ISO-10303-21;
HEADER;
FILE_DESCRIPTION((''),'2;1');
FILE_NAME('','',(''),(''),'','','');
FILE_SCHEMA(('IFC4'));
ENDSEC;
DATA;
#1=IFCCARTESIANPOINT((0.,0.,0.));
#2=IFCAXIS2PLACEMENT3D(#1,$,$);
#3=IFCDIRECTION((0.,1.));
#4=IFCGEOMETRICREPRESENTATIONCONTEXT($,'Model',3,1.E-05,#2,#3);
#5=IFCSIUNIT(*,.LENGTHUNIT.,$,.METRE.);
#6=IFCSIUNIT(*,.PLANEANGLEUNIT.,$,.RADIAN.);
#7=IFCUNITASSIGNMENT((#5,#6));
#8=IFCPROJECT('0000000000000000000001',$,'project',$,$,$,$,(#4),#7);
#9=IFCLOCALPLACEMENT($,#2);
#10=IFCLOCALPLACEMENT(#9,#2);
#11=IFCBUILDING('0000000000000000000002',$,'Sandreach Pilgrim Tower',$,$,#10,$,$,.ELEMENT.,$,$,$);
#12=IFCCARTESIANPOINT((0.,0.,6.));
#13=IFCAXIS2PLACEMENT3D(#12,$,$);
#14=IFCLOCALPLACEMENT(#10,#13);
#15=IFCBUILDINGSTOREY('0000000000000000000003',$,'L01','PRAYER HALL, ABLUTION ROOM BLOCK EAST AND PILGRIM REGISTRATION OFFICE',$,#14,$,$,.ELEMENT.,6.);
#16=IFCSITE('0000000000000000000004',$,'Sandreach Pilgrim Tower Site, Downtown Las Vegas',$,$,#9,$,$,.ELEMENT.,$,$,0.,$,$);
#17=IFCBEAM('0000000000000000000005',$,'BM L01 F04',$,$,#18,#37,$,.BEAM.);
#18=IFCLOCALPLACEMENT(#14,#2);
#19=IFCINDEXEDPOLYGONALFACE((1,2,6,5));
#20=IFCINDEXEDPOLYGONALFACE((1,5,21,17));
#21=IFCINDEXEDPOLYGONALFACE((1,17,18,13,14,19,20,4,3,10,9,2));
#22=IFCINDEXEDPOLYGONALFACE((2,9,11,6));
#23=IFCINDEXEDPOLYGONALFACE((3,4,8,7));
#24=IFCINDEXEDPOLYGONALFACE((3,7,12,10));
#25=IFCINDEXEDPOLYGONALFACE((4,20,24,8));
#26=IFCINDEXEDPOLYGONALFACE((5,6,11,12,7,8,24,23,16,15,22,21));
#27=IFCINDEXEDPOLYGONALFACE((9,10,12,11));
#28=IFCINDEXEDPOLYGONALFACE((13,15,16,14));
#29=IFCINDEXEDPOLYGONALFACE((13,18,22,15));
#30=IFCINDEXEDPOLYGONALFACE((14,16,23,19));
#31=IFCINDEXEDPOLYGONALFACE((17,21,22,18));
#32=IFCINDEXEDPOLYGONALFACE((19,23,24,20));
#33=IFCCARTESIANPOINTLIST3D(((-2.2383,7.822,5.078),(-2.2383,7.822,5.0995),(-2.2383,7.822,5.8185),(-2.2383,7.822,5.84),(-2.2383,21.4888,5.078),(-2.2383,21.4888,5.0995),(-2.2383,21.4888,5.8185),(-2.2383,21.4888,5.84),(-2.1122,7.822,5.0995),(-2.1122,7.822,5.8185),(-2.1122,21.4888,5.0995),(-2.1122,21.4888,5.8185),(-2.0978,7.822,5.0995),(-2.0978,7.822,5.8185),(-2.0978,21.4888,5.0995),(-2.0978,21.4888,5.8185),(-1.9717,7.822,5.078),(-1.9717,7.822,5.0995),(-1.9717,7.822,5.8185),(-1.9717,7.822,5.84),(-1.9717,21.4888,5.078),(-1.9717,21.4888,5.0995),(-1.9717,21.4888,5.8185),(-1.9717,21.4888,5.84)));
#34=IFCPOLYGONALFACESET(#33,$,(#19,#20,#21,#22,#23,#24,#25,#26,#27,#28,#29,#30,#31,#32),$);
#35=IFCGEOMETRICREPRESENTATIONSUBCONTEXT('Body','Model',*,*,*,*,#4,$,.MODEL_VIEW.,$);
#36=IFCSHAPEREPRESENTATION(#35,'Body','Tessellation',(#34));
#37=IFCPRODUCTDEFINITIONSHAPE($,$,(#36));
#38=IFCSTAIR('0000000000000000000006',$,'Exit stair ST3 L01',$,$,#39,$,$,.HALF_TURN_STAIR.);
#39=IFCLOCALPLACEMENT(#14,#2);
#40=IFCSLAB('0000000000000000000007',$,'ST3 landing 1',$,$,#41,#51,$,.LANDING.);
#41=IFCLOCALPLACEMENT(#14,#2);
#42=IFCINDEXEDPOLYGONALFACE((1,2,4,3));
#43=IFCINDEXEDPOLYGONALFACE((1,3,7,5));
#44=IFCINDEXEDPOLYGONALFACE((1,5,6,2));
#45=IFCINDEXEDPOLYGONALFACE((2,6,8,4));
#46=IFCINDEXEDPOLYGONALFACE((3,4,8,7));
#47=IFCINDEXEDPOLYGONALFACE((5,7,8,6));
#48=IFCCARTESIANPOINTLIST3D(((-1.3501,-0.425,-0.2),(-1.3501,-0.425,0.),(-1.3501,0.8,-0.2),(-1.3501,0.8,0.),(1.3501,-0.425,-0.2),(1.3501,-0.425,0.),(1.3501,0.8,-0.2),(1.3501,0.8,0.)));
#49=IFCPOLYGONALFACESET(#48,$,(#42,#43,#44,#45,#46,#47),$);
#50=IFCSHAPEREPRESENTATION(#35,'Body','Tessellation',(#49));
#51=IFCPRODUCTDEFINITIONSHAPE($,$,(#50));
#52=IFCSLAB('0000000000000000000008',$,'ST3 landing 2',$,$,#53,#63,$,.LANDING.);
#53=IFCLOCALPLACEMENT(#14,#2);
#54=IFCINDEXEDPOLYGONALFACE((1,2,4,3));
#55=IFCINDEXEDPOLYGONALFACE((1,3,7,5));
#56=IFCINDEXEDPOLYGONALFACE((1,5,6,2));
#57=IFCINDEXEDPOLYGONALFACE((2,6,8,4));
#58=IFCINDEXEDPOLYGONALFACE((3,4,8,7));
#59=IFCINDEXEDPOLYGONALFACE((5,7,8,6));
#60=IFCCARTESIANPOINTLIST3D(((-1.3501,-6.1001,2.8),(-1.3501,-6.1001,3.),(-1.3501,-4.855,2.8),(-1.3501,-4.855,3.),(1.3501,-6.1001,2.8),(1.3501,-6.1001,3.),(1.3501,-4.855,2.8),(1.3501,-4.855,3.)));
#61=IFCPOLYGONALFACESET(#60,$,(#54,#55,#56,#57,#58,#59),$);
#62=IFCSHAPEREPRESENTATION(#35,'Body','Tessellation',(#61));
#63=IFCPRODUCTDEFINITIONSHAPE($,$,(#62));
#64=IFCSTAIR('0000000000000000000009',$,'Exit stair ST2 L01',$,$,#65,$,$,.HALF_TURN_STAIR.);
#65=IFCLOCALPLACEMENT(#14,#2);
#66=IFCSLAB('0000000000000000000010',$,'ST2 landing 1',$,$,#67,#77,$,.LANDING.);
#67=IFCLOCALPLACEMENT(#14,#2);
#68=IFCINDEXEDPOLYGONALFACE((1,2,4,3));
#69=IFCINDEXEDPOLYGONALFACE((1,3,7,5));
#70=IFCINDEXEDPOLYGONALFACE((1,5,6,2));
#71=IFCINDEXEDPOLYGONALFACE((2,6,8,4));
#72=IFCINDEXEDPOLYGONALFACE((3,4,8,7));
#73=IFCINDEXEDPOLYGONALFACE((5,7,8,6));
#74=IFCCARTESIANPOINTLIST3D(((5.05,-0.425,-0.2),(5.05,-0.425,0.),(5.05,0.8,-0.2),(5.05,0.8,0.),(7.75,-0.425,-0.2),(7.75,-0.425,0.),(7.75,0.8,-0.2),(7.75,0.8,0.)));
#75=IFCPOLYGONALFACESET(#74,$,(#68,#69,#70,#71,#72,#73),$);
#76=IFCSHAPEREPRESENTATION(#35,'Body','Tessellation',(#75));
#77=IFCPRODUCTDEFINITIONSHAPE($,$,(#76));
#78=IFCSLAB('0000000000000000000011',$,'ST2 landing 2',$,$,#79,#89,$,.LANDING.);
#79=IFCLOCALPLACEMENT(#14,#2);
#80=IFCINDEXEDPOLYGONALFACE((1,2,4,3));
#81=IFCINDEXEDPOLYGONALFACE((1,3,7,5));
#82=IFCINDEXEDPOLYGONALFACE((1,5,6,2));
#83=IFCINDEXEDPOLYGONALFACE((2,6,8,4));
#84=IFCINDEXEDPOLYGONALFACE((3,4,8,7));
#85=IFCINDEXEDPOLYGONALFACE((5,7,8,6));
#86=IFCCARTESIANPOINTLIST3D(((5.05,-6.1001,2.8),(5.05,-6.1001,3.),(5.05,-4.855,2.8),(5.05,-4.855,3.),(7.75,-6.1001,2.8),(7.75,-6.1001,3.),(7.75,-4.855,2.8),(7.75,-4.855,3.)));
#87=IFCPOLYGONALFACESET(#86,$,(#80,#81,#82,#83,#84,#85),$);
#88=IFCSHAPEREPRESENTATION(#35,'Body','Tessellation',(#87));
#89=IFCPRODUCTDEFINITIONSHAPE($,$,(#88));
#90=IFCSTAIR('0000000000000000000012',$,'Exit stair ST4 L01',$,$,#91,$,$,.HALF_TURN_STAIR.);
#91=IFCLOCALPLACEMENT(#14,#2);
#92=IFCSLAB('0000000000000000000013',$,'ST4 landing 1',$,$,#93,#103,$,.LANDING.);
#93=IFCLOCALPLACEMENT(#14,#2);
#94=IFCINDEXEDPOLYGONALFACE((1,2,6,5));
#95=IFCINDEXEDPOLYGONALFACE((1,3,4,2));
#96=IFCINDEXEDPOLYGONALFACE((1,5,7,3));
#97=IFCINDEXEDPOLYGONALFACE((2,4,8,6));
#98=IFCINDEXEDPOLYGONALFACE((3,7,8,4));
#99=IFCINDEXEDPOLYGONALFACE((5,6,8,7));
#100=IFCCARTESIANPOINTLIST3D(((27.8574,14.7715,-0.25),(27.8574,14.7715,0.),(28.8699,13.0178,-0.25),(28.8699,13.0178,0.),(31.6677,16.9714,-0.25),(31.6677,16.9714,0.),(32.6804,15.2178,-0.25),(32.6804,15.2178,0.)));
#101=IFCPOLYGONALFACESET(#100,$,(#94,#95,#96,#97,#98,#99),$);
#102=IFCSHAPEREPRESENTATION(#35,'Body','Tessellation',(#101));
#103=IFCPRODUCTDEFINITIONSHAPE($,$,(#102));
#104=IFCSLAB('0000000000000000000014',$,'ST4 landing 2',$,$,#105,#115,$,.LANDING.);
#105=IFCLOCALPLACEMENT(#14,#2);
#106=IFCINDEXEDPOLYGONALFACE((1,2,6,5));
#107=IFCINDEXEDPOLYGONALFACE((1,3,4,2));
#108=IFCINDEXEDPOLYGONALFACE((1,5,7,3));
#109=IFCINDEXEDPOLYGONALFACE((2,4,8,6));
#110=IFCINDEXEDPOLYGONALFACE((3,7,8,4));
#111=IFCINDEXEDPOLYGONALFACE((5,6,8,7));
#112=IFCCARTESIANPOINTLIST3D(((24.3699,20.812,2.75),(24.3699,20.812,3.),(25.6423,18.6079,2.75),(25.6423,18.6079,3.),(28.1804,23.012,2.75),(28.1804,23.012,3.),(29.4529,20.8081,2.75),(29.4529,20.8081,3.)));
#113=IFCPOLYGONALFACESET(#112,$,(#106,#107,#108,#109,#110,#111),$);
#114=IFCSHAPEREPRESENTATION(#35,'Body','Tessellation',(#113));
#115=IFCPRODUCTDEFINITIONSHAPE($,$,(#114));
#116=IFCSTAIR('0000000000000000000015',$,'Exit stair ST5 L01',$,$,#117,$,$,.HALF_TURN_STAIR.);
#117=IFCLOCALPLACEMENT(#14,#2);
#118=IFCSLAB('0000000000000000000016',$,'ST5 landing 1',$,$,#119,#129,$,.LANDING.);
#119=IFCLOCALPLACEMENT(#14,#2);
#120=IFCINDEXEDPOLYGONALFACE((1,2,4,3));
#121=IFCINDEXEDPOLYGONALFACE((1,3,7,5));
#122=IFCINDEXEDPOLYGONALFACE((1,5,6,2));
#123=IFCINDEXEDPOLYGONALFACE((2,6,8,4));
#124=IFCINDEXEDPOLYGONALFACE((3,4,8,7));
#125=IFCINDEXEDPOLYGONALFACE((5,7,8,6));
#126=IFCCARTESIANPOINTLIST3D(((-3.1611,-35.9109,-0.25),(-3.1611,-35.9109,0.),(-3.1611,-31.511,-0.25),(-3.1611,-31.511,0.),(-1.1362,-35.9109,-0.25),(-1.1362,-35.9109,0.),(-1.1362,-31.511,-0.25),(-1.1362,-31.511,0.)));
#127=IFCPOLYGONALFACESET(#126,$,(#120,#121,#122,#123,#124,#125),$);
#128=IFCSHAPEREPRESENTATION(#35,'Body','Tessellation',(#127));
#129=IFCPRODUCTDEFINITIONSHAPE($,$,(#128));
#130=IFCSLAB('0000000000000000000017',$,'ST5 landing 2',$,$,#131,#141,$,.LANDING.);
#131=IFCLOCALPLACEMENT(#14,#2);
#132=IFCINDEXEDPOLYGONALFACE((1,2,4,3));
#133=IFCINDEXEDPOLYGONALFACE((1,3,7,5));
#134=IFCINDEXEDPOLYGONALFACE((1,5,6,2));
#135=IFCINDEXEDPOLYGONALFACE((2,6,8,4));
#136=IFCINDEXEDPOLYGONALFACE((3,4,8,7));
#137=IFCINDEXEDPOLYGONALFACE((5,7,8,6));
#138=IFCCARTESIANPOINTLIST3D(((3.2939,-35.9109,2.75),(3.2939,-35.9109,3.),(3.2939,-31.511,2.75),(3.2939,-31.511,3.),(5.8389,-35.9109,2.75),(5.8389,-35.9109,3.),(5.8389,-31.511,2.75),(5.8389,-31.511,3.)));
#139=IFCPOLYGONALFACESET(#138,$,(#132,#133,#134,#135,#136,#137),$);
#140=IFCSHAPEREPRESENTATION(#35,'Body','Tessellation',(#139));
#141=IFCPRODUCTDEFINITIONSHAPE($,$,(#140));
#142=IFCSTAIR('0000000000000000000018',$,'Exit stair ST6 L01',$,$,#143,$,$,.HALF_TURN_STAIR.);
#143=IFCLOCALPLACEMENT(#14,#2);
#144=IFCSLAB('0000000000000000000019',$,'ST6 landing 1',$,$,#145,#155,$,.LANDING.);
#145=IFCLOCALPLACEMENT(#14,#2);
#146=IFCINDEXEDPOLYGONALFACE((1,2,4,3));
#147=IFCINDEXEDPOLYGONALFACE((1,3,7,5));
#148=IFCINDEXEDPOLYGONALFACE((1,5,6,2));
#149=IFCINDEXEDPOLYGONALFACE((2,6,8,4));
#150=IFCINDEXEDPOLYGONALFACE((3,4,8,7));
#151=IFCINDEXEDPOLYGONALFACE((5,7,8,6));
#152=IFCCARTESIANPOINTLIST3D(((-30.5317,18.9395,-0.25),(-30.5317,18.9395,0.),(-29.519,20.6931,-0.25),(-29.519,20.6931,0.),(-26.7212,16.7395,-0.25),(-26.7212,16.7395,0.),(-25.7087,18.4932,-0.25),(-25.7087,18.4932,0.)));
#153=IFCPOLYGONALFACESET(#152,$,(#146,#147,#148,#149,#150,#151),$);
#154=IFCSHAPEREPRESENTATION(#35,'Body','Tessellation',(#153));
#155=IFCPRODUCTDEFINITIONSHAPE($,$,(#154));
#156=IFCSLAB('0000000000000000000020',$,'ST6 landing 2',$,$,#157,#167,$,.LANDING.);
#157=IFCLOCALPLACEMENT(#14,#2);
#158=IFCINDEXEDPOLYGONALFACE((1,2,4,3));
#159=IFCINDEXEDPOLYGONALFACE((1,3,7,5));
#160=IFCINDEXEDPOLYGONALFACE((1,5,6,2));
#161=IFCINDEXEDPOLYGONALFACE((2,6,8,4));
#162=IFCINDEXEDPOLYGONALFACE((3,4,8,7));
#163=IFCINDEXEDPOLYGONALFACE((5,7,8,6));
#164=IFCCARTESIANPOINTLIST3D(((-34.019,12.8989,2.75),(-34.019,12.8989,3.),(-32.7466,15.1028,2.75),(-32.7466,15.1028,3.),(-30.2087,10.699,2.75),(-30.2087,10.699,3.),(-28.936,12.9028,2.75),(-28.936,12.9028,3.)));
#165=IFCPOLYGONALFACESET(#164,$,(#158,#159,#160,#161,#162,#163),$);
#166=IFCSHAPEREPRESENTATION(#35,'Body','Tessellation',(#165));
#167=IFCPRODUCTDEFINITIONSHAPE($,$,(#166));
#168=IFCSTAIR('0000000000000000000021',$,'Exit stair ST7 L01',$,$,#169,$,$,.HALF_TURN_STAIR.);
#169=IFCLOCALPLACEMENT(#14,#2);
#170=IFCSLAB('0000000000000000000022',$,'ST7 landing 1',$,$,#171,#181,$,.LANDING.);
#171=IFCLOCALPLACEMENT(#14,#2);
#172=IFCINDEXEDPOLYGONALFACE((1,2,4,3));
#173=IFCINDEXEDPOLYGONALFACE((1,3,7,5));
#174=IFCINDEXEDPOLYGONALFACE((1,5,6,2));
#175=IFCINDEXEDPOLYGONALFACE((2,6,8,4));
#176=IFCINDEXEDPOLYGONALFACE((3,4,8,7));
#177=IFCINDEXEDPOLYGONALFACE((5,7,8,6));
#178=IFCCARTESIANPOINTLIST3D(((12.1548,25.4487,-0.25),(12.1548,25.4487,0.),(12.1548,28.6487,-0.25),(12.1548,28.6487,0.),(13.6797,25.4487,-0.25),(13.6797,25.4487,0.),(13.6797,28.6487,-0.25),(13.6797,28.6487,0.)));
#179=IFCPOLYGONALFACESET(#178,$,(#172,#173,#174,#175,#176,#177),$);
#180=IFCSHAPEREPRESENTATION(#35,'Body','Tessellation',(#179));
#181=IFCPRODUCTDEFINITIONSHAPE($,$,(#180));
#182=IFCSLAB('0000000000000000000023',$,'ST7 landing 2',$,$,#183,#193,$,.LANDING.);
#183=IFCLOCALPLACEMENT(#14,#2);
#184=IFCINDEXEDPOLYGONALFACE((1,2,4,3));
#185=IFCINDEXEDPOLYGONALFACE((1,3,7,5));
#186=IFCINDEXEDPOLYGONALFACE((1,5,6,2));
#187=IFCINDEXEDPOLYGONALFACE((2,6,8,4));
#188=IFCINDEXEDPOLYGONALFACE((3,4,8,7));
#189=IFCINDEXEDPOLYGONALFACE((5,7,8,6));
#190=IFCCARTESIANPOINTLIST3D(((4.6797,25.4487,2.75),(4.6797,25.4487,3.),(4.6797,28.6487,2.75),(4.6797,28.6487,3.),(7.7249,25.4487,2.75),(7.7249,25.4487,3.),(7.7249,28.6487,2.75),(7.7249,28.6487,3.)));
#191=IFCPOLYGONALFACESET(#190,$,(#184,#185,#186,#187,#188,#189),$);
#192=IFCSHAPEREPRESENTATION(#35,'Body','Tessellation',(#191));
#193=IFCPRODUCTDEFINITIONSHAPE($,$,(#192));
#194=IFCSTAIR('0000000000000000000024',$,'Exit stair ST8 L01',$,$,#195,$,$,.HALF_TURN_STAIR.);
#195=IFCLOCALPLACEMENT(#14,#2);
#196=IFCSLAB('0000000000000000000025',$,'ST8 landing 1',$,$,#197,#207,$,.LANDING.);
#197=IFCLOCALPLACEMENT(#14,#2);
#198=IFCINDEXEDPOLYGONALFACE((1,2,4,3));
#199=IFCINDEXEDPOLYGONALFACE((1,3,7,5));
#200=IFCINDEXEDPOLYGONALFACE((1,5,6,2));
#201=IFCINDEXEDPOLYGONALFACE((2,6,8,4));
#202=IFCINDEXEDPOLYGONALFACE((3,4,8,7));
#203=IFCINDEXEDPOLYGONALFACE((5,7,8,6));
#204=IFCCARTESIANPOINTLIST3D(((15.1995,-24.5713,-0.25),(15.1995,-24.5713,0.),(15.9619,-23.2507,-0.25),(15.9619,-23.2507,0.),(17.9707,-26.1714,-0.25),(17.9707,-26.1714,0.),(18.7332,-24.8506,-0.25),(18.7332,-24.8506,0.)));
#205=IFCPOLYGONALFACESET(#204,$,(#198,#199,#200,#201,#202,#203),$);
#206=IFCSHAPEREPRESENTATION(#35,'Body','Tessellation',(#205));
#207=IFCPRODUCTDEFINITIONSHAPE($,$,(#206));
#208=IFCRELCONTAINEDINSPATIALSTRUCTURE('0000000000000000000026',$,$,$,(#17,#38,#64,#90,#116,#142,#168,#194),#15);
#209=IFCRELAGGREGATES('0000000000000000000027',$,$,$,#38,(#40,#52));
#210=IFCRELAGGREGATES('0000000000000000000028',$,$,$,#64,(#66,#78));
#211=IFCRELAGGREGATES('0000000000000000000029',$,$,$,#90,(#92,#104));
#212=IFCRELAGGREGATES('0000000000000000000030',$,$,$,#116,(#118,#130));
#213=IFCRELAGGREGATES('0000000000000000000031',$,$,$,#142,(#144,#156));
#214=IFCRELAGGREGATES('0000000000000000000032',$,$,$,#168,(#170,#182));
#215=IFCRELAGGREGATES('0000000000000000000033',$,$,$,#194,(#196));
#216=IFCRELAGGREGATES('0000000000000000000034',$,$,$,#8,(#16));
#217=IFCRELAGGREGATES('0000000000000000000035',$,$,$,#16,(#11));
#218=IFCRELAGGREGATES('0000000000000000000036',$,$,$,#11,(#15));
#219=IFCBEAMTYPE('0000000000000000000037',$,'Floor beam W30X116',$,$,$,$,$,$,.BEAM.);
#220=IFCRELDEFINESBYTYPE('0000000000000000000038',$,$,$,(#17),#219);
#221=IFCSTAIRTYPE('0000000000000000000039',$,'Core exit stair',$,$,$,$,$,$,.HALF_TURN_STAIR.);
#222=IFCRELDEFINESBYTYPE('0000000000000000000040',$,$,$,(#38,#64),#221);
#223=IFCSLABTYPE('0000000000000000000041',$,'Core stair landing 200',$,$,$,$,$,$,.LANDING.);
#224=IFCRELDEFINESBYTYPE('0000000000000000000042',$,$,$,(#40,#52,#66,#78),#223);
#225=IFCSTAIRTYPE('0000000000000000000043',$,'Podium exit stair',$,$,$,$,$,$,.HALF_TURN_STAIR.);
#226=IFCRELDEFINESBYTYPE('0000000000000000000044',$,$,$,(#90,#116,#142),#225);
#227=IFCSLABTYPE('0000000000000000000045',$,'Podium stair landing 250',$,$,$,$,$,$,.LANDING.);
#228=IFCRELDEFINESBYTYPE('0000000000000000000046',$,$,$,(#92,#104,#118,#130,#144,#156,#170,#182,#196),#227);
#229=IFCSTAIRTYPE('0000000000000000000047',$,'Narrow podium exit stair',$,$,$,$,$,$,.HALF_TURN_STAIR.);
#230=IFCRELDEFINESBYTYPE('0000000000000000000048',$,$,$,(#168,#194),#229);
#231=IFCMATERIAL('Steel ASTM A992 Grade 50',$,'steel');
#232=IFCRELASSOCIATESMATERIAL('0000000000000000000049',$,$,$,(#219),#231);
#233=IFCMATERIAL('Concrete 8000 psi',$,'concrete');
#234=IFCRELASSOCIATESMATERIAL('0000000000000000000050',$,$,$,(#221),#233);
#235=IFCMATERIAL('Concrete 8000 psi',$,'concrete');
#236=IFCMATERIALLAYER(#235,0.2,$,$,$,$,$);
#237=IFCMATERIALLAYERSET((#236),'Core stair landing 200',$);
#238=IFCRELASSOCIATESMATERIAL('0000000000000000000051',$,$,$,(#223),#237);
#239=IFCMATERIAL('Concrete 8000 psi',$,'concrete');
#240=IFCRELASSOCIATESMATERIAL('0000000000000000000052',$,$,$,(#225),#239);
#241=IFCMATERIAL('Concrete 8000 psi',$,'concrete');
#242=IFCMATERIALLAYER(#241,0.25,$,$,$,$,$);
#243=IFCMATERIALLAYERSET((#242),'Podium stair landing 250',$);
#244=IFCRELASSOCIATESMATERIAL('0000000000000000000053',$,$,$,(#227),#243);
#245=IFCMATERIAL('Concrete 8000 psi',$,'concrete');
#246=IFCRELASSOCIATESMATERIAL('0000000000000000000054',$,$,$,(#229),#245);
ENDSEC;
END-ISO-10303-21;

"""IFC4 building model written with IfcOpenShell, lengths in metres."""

from ifc_helpers import new_model, si_unit, direction, frame, origin, origin_2d, place, context, subcontext, project, spatial, polyline, i_section, outline, extrude, material, layer, layer_set, material_profile, profile_set, type_object, element, aggregate, save


model = new_model("IFC4")

# Units and contexts
model_context = context("Model", 3, precision=1e-05, world=origin(), true_north=direction((0.0, 1.0)))
body_context = subcontext(model_context, "Body", "Model", "MODEL_VIEW")
ifc_project = project(units=[si_unit("LENGTHUNIT", "METRE"), si_unit("PLANEANGLEUNIT", "RADIAN")], contexts=[model_context])

# Site, building, storey
site_placement = place(None, origin())
site = spatial("IfcSite", under=ifc_project, at=site_placement, Name="Sandreach Pilgrim Tower Site, Downtown Las Vegas", CompositionType="ELEMENT", RefElevation=0.0)
building_placement = place(site_placement, origin())
building = spatial("IfcBuilding", under=site, at=building_placement, Name="Sandreach Pilgrim Tower", CompositionType="ELEMENT")
storey_placement = place(building_placement, frame((0.0, 0.0, 6.0)))
storey = spatial("IfcBuildingStorey", under=building, at=storey_placement, Name="L01", Description="PRAYER HALL, ABLUTION ROOM BLOCK EAST AND PILGRIM REGISTRATION OFFICE", CompositionType="ELEMENT", Elevation=6.0)

# Beam
ifc_material_1 = material(Name="Steel ASTM A992 Grade 50", Category="steel")
ifc_material_profile = material_profile(ifc_material_1, i_section(OverallWidth=0.2666, OverallDepth=0.762, WebThickness=0.0144, FlangeThickness=0.0215, at=origin_2d()), Name="W30X116")
ifc_profile_set = profile_set([ifc_material_profile], Name="Steel ASTM A992 Grade 50")
beam_type = type_object("IfcBeamType", Name="Floor beam W30X116", PredefinedType="BEAM", material=ifc_profile_set)
beam_placement = place(storey_placement, frame((-2.105, 21.4888, 5.459), z_axis=(0.0, -1.0, 0.0), x_axis=(1.0, 0.0, 0.0)))
element("IfcBeam", 1, at=beam_placement, inside=storey, type_object=beam_type, Name="BM L01 F04", PredefinedType="BEAM", context=body_context, shape_type="SweptSolid", body=[
    extrude(i_section(OverallWidth=0.2666, OverallDepth=0.762, WebThickness=0.0144, FlangeThickness=0.0215, at=origin_2d()), origin(), (0.0, 0.0, 1.0), 13.6667),
])

# Stairs, slabs
ifc_material_2 = material(Name="Concrete 8000 psi", Category="concrete")
stair_type_1 = type_object("IfcStairType", Name="Core exit stair", PredefinedType="HALF_TURN_STAIR", material=ifc_material_2)
stair_1_placement = place(storey_placement, origin())
stair_1 = element("IfcStair", 2, at=stair_1_placement, inside=storey, type_object=stair_type_1, Name="Exit stair ST3 L01", PredefinedType="HALF_TURN_STAIR")
ifc_material_3 = material(Name="Concrete 8000 psi", Category="concrete")
ifc_layer_1 = layer(ifc_material_3, 0.2)
ifc_layer_set_1 = layer_set([ifc_layer_1], Name="Core stair landing 200")
slab_type_1 = type_object("IfcSlabType", Name="Core stair landing 200", PredefinedType="LANDING", material=ifc_layer_set_1)
slab_1_placement = place(storey_placement, frame((0.0, 0.0, -0.2)))
slab_1 = element("IfcSlab", 3, at=slab_1_placement, type_object=slab_type_1, Name="ST3 landing 1", PredefinedType="LANDING", context=body_context, shape_type="SweptSolid", body=[
    extrude(outline(polyline([(-1.3501, -0.425), (1.3501, -0.425), (1.3501, 0.8), (-1.3501, 0.8), (-1.3501, -0.425)])), origin(), (0.0, 0.0, 1.0), 0.2),
])
slab_2_placement = place(storey_placement, frame((0.0, 0.0, 2.8)))
slab_2 = element("IfcSlab", 4, at=slab_2_placement, type_object=slab_type_1, Name="ST3 landing 2", PredefinedType="LANDING", context=body_context, shape_type="SweptSolid", body=[
    extrude(outline(polyline([(-1.3501, -6.1001), (1.3501, -6.1001), (1.3501, -4.855), (-1.3501, -4.855), (-1.3501, -6.1001)])), origin(), (0.0, 0.0, 1.0), 0.2),
])
aggregate(stair_1, [slab_1, slab_2])
stair_2_placement = place(storey_placement, origin())
stair_2 = element("IfcStair", 5, at=stair_2_placement, inside=storey, type_object=stair_type_1, Name="Exit stair ST2 L01", PredefinedType="HALF_TURN_STAIR")
slab_3_placement = place(storey_placement, frame((0.0, 0.0, -0.2)))
slab_3 = element("IfcSlab", 6, at=slab_3_placement, type_object=slab_type_1, Name="ST2 landing 1", PredefinedType="LANDING", context=body_context, shape_type="SweptSolid", body=[
    extrude(outline(polyline([(5.05, -0.425), (7.75, -0.425), (7.75, 0.8), (5.05, 0.8), (5.05, -0.425)])), origin(), (0.0, 0.0, 1.0), 0.2),
])
slab_4_placement = place(storey_placement, frame((0.0, 0.0, 2.8)))
slab_4 = element("IfcSlab", 7, at=slab_4_placement, type_object=slab_type_1, Name="ST2 landing 2", PredefinedType="LANDING", context=body_context, shape_type="SweptSolid", body=[
    extrude(outline(polyline([(5.05, -6.1001), (7.75, -6.1001), (7.75, -4.855), (5.05, -4.855), (5.05, -6.1001)])), origin(), (0.0, 0.0, 1.0), 0.2),
])
aggregate(stair_2, [slab_3, slab_4])
ifc_material_4 = material(Name="Concrete 8000 psi", Category="concrete")
stair_type_2 = type_object("IfcStairType", Name="Podium exit stair", PredefinedType="HALF_TURN_STAIR", material=ifc_material_4)
stair_3_placement = place(storey_placement, origin())
stair_3 = element("IfcStair", 8, at=stair_3_placement, inside=storey, type_object=stair_type_2, Name="Exit stair ST4 L01", PredefinedType="HALF_TURN_STAIR")
ifc_material_5 = material(Name="Concrete 8000 psi", Category="concrete")
ifc_layer_2 = layer(ifc_material_5, 0.25)
ifc_layer_set_2 = layer_set([ifc_layer_2], Name="Podium stair landing 250")
slab_type_2 = type_object("IfcSlabType", Name="Podium stair landing 250", PredefinedType="LANDING", material=ifc_layer_set_2)
slab_5_placement = place(storey_placement, frame((0.0, 0.0, -0.25)))
slab_5 = element("IfcSlab", 9, at=slab_5_placement, type_object=slab_type_2, Name="ST4 landing 1", PredefinedType="LANDING", context=body_context, shape_type="SweptSolid", body=[
    extrude(outline(polyline([(28.8699, 13.0178), (27.8574, 14.7715), (31.6677, 16.9714), (32.6804, 15.2178), (28.8699, 13.0178)])), origin(), (0.0, 0.0, 1.0), 0.25),
])
slab_6_placement = place(storey_placement, frame((0.0, 0.0, 2.75)))
slab_6 = element("IfcSlab", 10, at=slab_6_placement, type_object=slab_type_2, Name="ST4 landing 2", PredefinedType="LANDING", context=body_context, shape_type="SweptSolid", body=[
    extrude(outline(polyline([(25.6423, 18.6079), (24.3699, 20.812), (28.1804, 23.012), (29.4529, 20.8081), (25.6423, 18.6079)])), origin(), (0.0, 0.0, 1.0), 0.25),
])
aggregate(stair_3, [slab_5, slab_6])
stair_4_placement = place(storey_placement, origin())
stair_4 = element("IfcStair", 11, at=stair_4_placement, inside=storey, type_object=stair_type_2, Name="Exit stair ST5 L01", PredefinedType="HALF_TURN_STAIR")
slab_7_placement = place(storey_placement, frame((0.0, 0.0, -0.25)))
slab_7 = element("IfcSlab", 12, at=slab_7_placement, type_object=slab_type_2, Name="ST5 landing 1", PredefinedType="LANDING", context=body_context, shape_type="SweptSolid", body=[
    extrude(outline(polyline([(-3.1611, -31.511), (-1.1362, -31.511), (-1.1362, -35.9109), (-3.1611, -35.9109), (-3.1611, -31.511)])), origin(), (0.0, 0.0, 1.0), 0.25),
])
slab_8_placement = place(storey_placement, frame((0.0, 0.0, 2.75)))
slab_8 = element("IfcSlab", 13, at=slab_8_placement, type_object=slab_type_2, Name="ST5 landing 2", PredefinedType="LANDING", context=body_context, shape_type="SweptSolid", body=[
    extrude(outline(polyline([(3.2939, -31.511), (5.8389, -31.511), (5.8389, -35.9109), (3.2939, -35.9109), (3.2939, -31.511)])), origin(), (0.0, 0.0, 1.0), 0.25),
])
aggregate(stair_4, [slab_7, slab_8])
stair_5_placement = place(storey_placement, origin())
stair_5 = element("IfcStair", 14, at=stair_5_placement, inside=storey, type_object=stair_type_2, Name="Exit stair ST6 L01", PredefinedType="HALF_TURN_STAIR")
slab_9_placement = place(storey_placement, frame((0.0, 0.0, -0.25)))
slab_9 = element("IfcSlab", 15, at=slab_9_placement, type_object=slab_type_2, Name="ST6 landing 1", PredefinedType="LANDING", context=body_context, shape_type="SweptSolid", body=[
    extrude(outline(polyline([(-25.7087, 18.4932), (-26.7212, 16.7395), (-30.5317, 18.9395), (-29.519, 20.6931), (-25.7087, 18.4932)])), origin(), (0.0, 0.0, 1.0), 0.25),
])
slab_10_placement = place(storey_placement, frame((0.0, 0.0, 2.75)))
slab_10 = element("IfcSlab", 16, at=slab_10_placement, type_object=slab_type_2, Name="ST6 landing 2", PredefinedType="LANDING", context=body_context, shape_type="SweptSolid", body=[
    extrude(outline(polyline([(-28.936, 12.9028), (-30.2087, 10.699), (-34.019, 12.8989), (-32.7466, 15.1028), (-28.936, 12.9028)])), origin(), (0.0, 0.0, 1.0), 0.25),
])
aggregate(stair_5, [slab_9, slab_10])
ifc_material_6 = material(Name="Concrete 8000 psi", Category="concrete")
stair_type_3 = type_object("IfcStairType", Name="Narrow podium exit stair", PredefinedType="HALF_TURN_STAIR", material=ifc_material_6)
stair_6_placement = place(storey_placement, origin())
stair_6 = element("IfcStair", 17, at=stair_6_placement, inside=storey, type_object=stair_type_3, Name="Exit stair ST7 L01", PredefinedType="HALF_TURN_STAIR")
slab_11_placement = place(storey_placement, frame((0.0, 0.0, -0.25)))
slab_11 = element("IfcSlab", 18, at=slab_11_placement, type_object=slab_type_2, Name="ST7 landing 1", PredefinedType="LANDING", context=body_context, shape_type="SweptSolid", body=[
    extrude(outline(polyline([(13.6797, 25.4487), (12.1548, 25.4487), (12.1548, 28.6487), (13.6797, 28.6487), (13.6797, 25.4487)])), origin(), (0.0, 0.0, 1.0), 0.25),
])
slab_12_placement = place(storey_placement, frame((0.0, 0.0, 2.75)))
slab_12 = element("IfcSlab", 19, at=slab_12_placement, type_object=slab_type_2, Name="ST7 landing 2", PredefinedType="LANDING", context=body_context, shape_type="SweptSolid", body=[
    extrude(outline(polyline([(7.7249, 25.4487), (4.6797, 25.4487), (4.6797, 28.6487), (7.7249, 28.6487), (7.7249, 25.4487)])), origin(), (0.0, 0.0, 1.0), 0.25),
])
aggregate(stair_6, [slab_11, slab_12])
stair_7_placement = place(storey_placement, origin())
stair_7 = element("IfcStair", 20, at=stair_7_placement, inside=storey, type_object=stair_type_3, Name="Exit stair ST8 L01", PredefinedType="HALF_TURN_STAIR")
slab_13_placement = place(storey_placement, frame((0.0, 0.0, -0.25)))
slab_13 = element("IfcSlab", 21, at=slab_13_placement, type_object=slab_type_2, Name="ST8 landing 1", PredefinedType="LANDING", context=body_context, shape_type="SweptSolid", body=[
    extrude(outline(polyline([(15.1995, -24.5713), (15.9619, -23.2507), (18.7332, -24.8506), (17.9707, -26.1714), (15.1995, -24.5713)])), origin(), (0.0, 0.0, 1.0), 0.25),
])
aggregate(stair_7, [slab_13])

save(model, "model.ifc")
